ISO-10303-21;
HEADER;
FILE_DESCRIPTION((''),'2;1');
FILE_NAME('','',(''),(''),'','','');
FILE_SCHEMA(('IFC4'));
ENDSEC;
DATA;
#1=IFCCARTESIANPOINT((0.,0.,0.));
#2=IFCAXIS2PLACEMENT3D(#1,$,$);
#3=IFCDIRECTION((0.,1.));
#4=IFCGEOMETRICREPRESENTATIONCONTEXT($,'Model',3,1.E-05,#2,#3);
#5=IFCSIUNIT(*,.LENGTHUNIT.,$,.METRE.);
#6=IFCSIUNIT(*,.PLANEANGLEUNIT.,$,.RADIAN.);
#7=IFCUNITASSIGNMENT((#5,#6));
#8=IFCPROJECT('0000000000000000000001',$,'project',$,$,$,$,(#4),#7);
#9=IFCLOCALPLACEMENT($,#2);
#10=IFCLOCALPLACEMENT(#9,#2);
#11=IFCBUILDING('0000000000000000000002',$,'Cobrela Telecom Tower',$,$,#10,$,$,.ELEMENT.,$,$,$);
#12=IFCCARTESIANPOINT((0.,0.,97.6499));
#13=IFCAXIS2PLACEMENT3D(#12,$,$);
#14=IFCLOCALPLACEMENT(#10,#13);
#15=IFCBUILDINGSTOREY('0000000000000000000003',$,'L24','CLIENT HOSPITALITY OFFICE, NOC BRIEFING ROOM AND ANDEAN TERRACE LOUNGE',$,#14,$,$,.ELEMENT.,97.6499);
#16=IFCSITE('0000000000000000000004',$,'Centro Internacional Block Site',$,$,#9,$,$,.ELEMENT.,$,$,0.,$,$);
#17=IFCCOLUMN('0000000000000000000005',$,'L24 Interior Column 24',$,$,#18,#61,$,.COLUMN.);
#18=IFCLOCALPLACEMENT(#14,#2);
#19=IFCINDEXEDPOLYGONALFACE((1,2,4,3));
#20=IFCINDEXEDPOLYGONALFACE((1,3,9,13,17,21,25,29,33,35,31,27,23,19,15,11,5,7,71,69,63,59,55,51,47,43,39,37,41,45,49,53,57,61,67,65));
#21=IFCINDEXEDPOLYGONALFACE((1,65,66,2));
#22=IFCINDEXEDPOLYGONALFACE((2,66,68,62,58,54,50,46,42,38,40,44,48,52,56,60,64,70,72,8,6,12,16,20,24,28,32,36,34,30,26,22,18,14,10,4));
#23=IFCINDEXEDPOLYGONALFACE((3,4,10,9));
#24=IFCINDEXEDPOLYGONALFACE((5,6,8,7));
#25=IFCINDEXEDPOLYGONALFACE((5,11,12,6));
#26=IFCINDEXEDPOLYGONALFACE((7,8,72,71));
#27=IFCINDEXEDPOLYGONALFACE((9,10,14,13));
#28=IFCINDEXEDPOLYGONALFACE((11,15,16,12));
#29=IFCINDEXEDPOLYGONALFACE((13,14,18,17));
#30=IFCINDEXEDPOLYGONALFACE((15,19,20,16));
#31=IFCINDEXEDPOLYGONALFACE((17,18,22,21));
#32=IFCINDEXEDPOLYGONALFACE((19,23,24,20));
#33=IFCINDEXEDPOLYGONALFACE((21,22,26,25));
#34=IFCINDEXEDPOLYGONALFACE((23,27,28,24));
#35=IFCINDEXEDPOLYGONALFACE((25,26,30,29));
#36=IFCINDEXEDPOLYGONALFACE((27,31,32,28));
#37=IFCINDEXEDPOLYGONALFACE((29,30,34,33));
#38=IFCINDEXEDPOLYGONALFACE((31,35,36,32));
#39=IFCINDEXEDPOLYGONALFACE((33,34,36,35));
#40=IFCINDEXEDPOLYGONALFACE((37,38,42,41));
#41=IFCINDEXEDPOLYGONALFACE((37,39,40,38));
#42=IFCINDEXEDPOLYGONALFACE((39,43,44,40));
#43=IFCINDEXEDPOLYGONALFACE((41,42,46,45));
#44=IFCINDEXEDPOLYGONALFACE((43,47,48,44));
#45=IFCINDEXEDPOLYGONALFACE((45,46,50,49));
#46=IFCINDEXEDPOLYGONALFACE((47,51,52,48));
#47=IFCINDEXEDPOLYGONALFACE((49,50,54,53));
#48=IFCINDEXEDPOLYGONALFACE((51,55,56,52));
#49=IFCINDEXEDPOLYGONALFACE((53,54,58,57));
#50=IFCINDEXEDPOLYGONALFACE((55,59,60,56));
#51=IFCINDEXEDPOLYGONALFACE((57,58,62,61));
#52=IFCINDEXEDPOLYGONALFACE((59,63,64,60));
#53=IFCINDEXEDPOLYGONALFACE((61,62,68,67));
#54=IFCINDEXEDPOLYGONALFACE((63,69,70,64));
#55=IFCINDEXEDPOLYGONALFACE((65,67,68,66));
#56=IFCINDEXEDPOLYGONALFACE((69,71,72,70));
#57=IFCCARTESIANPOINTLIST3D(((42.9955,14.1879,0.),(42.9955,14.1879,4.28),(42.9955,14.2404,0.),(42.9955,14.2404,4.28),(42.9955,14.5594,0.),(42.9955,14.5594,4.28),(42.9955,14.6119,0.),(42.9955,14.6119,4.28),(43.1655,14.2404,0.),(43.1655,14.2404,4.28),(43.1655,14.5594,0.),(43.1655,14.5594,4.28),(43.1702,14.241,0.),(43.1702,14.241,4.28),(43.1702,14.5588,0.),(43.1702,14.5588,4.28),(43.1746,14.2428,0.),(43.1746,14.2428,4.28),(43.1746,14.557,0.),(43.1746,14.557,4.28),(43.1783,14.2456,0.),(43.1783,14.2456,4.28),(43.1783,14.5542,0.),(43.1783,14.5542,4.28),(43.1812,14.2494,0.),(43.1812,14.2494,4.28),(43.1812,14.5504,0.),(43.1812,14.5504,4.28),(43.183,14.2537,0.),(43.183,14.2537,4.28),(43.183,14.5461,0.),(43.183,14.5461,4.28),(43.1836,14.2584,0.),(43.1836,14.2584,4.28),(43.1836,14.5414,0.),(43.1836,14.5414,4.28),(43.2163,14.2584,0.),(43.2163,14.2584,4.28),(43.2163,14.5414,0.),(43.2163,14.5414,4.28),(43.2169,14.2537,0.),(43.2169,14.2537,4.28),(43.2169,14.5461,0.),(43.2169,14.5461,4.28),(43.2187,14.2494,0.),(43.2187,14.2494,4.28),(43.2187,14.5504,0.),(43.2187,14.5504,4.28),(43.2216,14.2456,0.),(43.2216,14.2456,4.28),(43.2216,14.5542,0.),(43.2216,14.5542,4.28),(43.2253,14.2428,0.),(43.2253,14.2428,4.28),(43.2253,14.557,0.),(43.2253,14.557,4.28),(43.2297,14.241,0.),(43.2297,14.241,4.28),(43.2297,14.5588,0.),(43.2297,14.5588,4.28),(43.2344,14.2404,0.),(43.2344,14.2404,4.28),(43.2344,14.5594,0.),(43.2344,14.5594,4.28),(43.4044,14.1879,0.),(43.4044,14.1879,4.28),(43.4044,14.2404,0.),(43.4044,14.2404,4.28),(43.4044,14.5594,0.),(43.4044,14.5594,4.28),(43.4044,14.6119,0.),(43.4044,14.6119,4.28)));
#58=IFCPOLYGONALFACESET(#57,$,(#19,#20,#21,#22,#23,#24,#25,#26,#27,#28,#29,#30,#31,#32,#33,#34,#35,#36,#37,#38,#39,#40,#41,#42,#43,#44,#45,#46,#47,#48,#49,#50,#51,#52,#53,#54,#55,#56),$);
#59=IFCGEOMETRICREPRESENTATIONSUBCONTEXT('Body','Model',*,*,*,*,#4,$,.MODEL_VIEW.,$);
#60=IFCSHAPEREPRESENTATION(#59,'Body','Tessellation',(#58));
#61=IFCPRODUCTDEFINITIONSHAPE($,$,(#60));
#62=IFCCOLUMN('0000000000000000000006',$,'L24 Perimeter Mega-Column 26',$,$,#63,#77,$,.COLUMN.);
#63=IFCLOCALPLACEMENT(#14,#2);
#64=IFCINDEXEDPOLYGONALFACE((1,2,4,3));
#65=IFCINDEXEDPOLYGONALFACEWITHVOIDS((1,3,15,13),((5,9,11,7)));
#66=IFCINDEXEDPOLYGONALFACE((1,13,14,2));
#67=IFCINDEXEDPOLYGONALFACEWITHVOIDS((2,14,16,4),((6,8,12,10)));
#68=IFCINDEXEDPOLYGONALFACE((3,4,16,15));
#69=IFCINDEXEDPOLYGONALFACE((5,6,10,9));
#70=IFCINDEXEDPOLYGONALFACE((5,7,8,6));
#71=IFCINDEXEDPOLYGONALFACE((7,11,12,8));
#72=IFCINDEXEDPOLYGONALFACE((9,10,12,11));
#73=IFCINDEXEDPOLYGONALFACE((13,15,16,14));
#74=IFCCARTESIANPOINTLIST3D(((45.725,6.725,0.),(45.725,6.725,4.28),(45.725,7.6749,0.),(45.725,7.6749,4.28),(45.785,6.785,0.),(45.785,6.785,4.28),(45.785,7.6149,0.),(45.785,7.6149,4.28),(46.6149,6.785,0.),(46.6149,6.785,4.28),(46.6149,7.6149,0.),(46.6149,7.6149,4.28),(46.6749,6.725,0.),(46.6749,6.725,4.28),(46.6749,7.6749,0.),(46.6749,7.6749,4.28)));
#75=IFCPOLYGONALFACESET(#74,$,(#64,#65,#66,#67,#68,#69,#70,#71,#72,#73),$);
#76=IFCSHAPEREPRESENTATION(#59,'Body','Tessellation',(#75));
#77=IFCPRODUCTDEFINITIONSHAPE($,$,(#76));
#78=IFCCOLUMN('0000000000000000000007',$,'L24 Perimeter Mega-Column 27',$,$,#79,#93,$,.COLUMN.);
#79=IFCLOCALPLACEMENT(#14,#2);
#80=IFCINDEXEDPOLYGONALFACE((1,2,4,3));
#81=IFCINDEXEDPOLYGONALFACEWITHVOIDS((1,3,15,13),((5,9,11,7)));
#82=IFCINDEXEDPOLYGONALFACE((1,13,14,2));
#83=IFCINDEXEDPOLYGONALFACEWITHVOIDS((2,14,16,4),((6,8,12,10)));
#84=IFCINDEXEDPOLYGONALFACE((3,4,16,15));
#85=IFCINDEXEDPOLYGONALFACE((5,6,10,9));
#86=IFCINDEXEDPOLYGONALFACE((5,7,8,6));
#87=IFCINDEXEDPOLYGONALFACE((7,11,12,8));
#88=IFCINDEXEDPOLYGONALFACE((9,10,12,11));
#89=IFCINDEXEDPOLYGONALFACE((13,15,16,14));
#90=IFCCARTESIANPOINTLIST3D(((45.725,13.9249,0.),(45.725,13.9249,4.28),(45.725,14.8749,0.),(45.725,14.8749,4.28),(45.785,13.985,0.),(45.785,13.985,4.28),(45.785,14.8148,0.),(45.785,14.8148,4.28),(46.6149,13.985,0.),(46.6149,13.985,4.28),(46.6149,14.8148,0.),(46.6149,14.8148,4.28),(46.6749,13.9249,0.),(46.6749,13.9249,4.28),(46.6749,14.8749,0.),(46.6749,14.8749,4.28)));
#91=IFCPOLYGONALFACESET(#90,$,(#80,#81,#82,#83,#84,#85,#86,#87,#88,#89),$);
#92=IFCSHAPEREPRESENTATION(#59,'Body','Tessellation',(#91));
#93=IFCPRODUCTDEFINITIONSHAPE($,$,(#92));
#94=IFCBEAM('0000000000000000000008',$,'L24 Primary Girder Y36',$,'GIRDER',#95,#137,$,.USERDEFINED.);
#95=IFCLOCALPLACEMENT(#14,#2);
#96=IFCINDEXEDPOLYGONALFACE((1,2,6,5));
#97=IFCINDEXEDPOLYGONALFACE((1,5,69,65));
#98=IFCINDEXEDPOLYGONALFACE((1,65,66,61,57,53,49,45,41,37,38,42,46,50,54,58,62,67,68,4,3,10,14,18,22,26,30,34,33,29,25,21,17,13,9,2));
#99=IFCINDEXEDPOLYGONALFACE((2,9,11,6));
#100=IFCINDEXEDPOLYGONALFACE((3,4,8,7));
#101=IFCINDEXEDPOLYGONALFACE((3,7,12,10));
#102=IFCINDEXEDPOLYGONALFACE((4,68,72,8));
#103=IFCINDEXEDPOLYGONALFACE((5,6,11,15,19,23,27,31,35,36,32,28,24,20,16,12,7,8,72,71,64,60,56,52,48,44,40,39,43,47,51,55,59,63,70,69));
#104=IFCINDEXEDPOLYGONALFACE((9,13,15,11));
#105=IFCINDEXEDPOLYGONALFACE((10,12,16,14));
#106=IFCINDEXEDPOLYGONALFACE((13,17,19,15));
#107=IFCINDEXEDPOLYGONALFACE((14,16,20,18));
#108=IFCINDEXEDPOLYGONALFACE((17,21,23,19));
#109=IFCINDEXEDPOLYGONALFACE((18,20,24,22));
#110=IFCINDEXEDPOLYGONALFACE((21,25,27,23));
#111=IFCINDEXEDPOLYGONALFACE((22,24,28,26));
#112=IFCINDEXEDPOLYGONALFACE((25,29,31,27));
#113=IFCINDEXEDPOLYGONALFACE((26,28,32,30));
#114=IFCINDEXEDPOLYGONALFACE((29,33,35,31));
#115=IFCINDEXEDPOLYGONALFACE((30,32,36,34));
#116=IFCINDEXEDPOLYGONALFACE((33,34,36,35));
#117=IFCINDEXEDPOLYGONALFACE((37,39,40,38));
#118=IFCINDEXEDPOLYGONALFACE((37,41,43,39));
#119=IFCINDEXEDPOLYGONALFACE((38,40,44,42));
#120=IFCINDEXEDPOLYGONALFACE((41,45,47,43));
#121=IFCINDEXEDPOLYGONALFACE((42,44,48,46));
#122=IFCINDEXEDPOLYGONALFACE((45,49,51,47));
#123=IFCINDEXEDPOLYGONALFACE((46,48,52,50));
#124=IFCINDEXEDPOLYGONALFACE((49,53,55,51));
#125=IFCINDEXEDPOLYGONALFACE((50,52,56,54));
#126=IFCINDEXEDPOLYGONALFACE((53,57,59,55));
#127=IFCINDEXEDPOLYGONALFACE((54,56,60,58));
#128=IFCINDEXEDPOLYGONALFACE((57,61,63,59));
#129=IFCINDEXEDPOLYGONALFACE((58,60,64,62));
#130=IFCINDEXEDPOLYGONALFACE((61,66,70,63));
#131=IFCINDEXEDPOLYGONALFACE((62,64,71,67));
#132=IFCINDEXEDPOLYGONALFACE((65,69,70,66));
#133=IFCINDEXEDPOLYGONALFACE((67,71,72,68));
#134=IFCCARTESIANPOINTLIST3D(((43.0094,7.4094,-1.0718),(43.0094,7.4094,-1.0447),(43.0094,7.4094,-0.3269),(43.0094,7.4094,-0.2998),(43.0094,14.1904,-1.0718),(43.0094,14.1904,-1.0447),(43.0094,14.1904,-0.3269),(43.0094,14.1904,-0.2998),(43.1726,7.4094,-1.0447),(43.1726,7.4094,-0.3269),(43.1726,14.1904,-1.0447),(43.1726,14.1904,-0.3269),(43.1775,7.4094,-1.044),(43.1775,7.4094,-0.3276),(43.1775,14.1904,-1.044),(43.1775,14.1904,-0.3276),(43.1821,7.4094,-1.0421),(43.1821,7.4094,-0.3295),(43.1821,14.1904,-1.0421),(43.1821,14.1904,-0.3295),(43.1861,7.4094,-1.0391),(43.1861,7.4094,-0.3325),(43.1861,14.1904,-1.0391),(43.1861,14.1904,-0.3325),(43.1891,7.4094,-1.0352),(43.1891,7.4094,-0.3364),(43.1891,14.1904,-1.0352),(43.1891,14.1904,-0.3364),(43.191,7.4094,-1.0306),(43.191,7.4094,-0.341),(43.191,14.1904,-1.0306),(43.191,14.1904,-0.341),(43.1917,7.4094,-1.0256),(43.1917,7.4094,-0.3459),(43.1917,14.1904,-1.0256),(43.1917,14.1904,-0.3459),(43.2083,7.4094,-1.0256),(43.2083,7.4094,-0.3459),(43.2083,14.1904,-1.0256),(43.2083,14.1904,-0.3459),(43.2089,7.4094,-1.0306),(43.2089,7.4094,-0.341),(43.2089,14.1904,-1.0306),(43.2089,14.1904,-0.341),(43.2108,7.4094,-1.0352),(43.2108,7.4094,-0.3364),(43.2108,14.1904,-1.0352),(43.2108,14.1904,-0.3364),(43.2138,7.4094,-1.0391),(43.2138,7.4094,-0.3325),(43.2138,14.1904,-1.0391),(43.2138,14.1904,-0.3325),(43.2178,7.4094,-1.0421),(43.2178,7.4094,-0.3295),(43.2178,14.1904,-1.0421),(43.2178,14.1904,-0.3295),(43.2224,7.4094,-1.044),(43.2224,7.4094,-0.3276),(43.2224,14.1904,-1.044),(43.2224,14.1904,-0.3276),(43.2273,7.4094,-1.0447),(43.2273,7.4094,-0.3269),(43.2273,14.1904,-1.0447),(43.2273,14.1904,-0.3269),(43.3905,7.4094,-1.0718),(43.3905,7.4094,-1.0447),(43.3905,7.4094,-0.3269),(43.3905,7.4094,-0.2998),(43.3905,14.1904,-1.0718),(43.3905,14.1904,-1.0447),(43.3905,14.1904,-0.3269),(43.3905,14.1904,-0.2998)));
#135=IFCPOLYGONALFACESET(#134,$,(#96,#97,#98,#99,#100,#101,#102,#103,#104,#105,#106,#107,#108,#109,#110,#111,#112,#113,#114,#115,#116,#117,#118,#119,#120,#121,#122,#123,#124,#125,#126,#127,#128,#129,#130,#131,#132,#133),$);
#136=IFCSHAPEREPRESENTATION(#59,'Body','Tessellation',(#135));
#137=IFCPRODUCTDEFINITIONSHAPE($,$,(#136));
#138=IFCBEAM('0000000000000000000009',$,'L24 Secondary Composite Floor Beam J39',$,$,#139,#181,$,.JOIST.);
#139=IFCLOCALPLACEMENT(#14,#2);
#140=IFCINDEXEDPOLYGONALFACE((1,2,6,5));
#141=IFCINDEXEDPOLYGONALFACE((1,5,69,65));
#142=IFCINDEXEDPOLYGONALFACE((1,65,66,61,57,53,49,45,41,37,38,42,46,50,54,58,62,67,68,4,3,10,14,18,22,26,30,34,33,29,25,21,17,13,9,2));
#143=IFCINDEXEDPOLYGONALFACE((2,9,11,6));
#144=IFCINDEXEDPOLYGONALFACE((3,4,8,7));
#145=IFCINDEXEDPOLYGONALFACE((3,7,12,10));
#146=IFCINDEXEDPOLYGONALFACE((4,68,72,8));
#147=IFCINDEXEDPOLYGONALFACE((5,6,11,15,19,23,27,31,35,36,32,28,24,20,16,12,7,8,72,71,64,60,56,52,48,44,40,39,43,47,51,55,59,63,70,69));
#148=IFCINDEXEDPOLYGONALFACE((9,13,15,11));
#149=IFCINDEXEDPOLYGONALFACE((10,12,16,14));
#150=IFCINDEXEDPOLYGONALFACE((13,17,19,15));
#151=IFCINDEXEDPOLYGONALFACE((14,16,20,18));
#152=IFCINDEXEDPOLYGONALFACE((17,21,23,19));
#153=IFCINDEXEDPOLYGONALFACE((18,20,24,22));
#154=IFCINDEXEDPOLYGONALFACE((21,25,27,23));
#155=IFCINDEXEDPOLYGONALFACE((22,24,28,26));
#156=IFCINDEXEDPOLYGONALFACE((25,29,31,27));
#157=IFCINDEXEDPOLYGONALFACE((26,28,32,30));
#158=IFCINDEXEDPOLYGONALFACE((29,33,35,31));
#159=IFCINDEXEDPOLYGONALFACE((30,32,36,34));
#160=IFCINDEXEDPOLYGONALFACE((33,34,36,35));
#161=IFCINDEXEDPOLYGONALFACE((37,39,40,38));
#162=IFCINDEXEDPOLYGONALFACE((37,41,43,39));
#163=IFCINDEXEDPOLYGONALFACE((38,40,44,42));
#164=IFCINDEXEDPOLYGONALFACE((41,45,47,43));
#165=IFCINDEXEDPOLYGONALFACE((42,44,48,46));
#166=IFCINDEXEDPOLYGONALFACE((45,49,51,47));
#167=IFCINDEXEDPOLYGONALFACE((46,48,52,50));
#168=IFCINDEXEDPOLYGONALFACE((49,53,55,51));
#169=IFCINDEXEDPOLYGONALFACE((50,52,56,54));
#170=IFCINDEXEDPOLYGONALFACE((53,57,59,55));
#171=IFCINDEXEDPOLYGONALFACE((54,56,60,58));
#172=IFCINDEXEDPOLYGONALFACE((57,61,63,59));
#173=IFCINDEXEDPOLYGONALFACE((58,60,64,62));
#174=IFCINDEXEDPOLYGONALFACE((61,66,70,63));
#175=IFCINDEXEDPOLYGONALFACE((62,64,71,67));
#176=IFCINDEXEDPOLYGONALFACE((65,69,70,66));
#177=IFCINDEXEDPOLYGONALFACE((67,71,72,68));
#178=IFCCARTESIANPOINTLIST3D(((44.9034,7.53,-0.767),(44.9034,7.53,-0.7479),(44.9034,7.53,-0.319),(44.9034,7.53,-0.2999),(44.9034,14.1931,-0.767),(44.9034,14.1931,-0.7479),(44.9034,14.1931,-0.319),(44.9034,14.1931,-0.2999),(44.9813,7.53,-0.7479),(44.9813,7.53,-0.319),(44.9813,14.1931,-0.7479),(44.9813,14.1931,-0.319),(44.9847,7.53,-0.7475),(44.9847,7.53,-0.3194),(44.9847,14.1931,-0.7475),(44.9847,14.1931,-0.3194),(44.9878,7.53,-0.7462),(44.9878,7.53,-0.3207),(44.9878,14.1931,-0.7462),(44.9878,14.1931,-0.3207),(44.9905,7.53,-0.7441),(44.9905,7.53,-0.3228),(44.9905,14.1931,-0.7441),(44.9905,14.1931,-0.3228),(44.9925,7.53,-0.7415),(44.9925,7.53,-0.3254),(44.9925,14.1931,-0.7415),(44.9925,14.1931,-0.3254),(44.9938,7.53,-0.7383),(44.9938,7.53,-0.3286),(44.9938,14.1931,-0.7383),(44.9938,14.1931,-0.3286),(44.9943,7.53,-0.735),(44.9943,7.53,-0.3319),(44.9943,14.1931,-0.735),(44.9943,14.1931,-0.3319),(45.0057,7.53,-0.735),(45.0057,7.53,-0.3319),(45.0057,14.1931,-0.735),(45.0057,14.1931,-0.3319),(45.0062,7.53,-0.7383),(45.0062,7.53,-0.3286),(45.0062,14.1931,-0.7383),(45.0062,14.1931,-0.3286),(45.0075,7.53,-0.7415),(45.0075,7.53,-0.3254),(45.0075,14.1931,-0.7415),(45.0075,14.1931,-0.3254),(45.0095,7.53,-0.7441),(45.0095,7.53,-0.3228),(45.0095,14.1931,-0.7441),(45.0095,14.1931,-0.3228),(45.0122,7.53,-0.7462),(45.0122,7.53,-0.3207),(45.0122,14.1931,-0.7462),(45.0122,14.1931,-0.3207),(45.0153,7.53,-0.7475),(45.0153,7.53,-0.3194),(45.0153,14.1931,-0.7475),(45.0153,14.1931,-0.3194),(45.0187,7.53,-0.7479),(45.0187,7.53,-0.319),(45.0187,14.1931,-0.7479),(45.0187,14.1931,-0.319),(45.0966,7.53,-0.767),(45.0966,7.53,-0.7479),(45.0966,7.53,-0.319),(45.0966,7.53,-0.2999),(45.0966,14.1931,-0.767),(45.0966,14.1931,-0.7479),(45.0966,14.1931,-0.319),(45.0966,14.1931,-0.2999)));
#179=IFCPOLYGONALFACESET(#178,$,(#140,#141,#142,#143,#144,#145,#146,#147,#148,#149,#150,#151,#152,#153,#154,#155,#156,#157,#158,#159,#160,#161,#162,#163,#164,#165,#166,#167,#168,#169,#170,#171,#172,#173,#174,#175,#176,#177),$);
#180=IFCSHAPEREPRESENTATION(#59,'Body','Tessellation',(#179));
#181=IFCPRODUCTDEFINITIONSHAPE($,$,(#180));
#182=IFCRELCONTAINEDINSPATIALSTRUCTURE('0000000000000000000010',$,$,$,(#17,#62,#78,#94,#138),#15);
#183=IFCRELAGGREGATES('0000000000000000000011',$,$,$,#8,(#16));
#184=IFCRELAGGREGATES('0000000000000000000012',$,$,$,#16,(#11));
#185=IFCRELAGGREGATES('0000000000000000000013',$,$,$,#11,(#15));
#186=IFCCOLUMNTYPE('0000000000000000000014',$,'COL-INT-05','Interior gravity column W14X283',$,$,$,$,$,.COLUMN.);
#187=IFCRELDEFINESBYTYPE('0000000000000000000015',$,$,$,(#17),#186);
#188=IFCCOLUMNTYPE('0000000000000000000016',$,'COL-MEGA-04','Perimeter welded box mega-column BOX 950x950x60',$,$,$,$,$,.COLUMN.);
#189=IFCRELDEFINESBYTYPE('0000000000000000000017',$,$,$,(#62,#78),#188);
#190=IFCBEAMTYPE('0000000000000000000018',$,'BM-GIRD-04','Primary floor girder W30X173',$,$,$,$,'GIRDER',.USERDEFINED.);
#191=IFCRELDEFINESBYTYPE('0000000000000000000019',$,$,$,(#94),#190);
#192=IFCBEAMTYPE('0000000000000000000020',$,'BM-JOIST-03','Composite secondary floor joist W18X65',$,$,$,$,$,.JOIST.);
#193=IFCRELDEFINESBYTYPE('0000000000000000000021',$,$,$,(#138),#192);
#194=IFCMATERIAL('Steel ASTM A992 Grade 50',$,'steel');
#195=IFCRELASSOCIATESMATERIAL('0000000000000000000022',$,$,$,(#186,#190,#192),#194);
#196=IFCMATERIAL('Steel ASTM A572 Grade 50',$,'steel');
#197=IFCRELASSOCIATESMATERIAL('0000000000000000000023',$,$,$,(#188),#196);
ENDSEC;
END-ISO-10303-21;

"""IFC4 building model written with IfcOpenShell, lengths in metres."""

from ifc_helpers import new_model, si_unit, direction, frame, origin, origin_2d, place, context, subcontext, project, spatial, hollow_rectangle, i_section, extrude, material, material_profile, profile_set, type_object, element, save


model = new_model("IFC4")

# Units and contexts
model_context = context("Model", 3, precision=1e-05, world=origin(), true_north=direction((0.0, 1.0)))
body_context = subcontext(model_context, "Body", "Model", "MODEL_VIEW")
ifc_project = project(units=[si_unit("LENGTHUNIT", "METRE"), si_unit("PLANEANGLEUNIT", "RADIAN")], contexts=[model_context])

# Site, building, storey
site_placement = place(None, origin())
site = spatial("IfcSite", under=ifc_project, at=site_placement, Name="Centro Internacional Block Site", CompositionType="ELEMENT", RefElevation=0.0)
building_placement = place(site_placement, origin())
building = spatial("IfcBuilding", under=site, at=building_placement, Name="Cobrela Telecom Tower", CompositionType="ELEMENT")
storey_placement = place(building_placement, frame((0.0, 0.0, 97.6499)))
storey = spatial("IfcBuildingStorey", under=building, at=storey_placement, Name="L24", Description="CLIENT HOSPITALITY OFFICE, NOC BRIEFING ROOM AND ANDEAN TERRACE LOUNGE", CompositionType="ELEMENT", Elevation=97.6499)

# Columns
ifc_material_1 = material(Name="Steel ASTM A992 Grade 50", Category="steel")
ifc_material_profile_1 = material_profile(ifc_material_1, i_section(OverallWidth=0.4089, OverallDepth=0.4241, WebThickness=0.0327, FlangeThickness=0.0525, FilletRadius=0.0181, at=origin_2d()), Name="W14X283")
ifc_profile_set_1 = profile_set([ifc_material_profile_1], Name="Steel ASTM A992 Grade 50")
column_type_1 = type_object("IfcColumnType", Name="COL-INT-05", Description="Interior gravity column W14X283", PredefinedType="COLUMN", material=ifc_profile_set_1)
column_placement = place(storey_placement, frame((43.2, 14.3999, 0.0), z_axis=(0.0, 0.0, 1.0), x_axis=(1.0, 0.0, 0.0)))
element("IfcColumn", 1, at=column_placement, inside=storey, type_object=column_type_1, Name="L24 Interior Column 24", PredefinedType="COLUMN", context=body_context, shape_type="SweptSolid", body=[
    extrude(i_section(OverallWidth=0.4089, OverallDepth=0.4241, WebThickness=0.0327, FlangeThickness=0.0525, FilletRadius=0.0181, at=origin_2d()), origin(), (0.0, 0.0, 1.0), 4.28),
])
ifc_material_2 = material(Name="Steel ASTM A572 Grade 50", Category="steel")
ifc_material_profile_2 = material_profile(ifc_material_2, hollow_rectangle(XDim=0.95, YDim=0.95, WallThickness=0.0601, at=origin_2d()), Name="BOX 950x950x60")
ifc_profile_set_2 = profile_set([ifc_material_profile_2], Name="Steel ASTM A572 Grade 50")
column_type_2 = type_object("IfcColumnType", Name="COL-MEGA-04", Description="Perimeter welded box mega-column BOX 950x950x60", PredefinedType="COLUMN", material=ifc_profile_set_2)
for number, where, z_axis, x_axis, name in (
    (2, (46.2, 7.2, 0.0), (0.0, 0.0, 1.0), (1.0, 0.0, 0.0), "L24 Perimeter Mega-Column 26"),
    (3, (46.2, 14.3999, 0.0), (0.0, 0.0, 1.0), (1.0, 0.0, 0.0), "L24 Perimeter Mega-Column 27"),
):
    element("IfcColumn", number, at=place(storey_placement, frame(where, z_axis=z_axis, x_axis=x_axis)), inside=storey, type_object=column_type_2, Name=name, PredefinedType="COLUMN", context=body_context, shape_type="SweptSolid", body=[
        extrude(hollow_rectangle(XDim=0.95, YDim=0.95, WallThickness=0.0601, at=origin_2d()), origin(), (0.0, 0.0, 1.0), 4.28),
    ])

# Beams
ifc_material_profile_3 = material_profile(ifc_material_1, i_section(OverallWidth=0.3811, OverallDepth=0.772, WebThickness=0.0166, FlangeThickness=0.0271, FilletRadius=0.019, at=origin_2d()), Name="W30X173")
ifc_profile_set_3 = profile_set([ifc_material_profile_3], Name="Steel ASTM A992 Grade 50")
beam_type_1 = type_object("IfcBeamType", Name="BM-GIRD-04", Description="Primary floor girder W30X173", ElementType="GIRDER", PredefinedType="USERDEFINED", material=ifc_profile_set_3)
beam_1_placement = place(storey_placement, frame((43.2, 7.4094, -0.6858), z_axis=(0.0, 1.0, 0.0), x_axis=(-1.0, 0.0, 0.0)))
element("IfcBeam", 4, at=beam_1_placement, inside=storey, type_object=beam_type_1, Name="L24 Primary Girder Y36", ObjectType="GIRDER", PredefinedType="USERDEFINED", context=body_context, shape_type="SweptSolid", body=[
    extrude(i_section(OverallWidth=0.3811, OverallDepth=0.772, WebThickness=0.0166, FlangeThickness=0.0271, FilletRadius=0.019, at=origin_2d()), origin(), (0.0, 0.0, 1.0), 6.781),
])
ifc_material_profile_4 = material_profile(ifc_material_1, i_section(OverallWidth=0.1931, OverallDepth=0.467, WebThickness=0.0115, FlangeThickness=0.019, FilletRadius=0.0129, at=origin_2d()), Name="W18X65")
ifc_profile_set_4 = profile_set([ifc_material_profile_4], Name="Steel ASTM A992 Grade 50")
beam_type_2 = type_object("IfcBeamType", Name="BM-JOIST-03", Description="Composite secondary floor joist W18X65", PredefinedType="JOIST", material=ifc_profile_set_4)
for number, where, z_axis, x_axis, name in (
    (5, (45.0, 7.53, -0.5334), (0.0, 1.0, 0.0), (-1.0, 0.0, 0.0), "L24 Secondary Composite Floor Beam J39"),
):
    element("IfcBeam", number, at=place(storey_placement, frame(where, z_axis=z_axis, x_axis=x_axis)), inside=storey, type_object=beam_type_2, Name=name, PredefinedType="JOIST", context=body_context, shape_type="SweptSolid", body=[
        extrude(i_section(OverallWidth=0.1931, OverallDepth=0.467, WebThickness=0.0115, FlangeThickness=0.019, FilletRadius=0.0129, at=origin_2d()), origin(), (0.0, 0.0, 1.0), 6.6631),
    ])

save(model, "model.ifc")
